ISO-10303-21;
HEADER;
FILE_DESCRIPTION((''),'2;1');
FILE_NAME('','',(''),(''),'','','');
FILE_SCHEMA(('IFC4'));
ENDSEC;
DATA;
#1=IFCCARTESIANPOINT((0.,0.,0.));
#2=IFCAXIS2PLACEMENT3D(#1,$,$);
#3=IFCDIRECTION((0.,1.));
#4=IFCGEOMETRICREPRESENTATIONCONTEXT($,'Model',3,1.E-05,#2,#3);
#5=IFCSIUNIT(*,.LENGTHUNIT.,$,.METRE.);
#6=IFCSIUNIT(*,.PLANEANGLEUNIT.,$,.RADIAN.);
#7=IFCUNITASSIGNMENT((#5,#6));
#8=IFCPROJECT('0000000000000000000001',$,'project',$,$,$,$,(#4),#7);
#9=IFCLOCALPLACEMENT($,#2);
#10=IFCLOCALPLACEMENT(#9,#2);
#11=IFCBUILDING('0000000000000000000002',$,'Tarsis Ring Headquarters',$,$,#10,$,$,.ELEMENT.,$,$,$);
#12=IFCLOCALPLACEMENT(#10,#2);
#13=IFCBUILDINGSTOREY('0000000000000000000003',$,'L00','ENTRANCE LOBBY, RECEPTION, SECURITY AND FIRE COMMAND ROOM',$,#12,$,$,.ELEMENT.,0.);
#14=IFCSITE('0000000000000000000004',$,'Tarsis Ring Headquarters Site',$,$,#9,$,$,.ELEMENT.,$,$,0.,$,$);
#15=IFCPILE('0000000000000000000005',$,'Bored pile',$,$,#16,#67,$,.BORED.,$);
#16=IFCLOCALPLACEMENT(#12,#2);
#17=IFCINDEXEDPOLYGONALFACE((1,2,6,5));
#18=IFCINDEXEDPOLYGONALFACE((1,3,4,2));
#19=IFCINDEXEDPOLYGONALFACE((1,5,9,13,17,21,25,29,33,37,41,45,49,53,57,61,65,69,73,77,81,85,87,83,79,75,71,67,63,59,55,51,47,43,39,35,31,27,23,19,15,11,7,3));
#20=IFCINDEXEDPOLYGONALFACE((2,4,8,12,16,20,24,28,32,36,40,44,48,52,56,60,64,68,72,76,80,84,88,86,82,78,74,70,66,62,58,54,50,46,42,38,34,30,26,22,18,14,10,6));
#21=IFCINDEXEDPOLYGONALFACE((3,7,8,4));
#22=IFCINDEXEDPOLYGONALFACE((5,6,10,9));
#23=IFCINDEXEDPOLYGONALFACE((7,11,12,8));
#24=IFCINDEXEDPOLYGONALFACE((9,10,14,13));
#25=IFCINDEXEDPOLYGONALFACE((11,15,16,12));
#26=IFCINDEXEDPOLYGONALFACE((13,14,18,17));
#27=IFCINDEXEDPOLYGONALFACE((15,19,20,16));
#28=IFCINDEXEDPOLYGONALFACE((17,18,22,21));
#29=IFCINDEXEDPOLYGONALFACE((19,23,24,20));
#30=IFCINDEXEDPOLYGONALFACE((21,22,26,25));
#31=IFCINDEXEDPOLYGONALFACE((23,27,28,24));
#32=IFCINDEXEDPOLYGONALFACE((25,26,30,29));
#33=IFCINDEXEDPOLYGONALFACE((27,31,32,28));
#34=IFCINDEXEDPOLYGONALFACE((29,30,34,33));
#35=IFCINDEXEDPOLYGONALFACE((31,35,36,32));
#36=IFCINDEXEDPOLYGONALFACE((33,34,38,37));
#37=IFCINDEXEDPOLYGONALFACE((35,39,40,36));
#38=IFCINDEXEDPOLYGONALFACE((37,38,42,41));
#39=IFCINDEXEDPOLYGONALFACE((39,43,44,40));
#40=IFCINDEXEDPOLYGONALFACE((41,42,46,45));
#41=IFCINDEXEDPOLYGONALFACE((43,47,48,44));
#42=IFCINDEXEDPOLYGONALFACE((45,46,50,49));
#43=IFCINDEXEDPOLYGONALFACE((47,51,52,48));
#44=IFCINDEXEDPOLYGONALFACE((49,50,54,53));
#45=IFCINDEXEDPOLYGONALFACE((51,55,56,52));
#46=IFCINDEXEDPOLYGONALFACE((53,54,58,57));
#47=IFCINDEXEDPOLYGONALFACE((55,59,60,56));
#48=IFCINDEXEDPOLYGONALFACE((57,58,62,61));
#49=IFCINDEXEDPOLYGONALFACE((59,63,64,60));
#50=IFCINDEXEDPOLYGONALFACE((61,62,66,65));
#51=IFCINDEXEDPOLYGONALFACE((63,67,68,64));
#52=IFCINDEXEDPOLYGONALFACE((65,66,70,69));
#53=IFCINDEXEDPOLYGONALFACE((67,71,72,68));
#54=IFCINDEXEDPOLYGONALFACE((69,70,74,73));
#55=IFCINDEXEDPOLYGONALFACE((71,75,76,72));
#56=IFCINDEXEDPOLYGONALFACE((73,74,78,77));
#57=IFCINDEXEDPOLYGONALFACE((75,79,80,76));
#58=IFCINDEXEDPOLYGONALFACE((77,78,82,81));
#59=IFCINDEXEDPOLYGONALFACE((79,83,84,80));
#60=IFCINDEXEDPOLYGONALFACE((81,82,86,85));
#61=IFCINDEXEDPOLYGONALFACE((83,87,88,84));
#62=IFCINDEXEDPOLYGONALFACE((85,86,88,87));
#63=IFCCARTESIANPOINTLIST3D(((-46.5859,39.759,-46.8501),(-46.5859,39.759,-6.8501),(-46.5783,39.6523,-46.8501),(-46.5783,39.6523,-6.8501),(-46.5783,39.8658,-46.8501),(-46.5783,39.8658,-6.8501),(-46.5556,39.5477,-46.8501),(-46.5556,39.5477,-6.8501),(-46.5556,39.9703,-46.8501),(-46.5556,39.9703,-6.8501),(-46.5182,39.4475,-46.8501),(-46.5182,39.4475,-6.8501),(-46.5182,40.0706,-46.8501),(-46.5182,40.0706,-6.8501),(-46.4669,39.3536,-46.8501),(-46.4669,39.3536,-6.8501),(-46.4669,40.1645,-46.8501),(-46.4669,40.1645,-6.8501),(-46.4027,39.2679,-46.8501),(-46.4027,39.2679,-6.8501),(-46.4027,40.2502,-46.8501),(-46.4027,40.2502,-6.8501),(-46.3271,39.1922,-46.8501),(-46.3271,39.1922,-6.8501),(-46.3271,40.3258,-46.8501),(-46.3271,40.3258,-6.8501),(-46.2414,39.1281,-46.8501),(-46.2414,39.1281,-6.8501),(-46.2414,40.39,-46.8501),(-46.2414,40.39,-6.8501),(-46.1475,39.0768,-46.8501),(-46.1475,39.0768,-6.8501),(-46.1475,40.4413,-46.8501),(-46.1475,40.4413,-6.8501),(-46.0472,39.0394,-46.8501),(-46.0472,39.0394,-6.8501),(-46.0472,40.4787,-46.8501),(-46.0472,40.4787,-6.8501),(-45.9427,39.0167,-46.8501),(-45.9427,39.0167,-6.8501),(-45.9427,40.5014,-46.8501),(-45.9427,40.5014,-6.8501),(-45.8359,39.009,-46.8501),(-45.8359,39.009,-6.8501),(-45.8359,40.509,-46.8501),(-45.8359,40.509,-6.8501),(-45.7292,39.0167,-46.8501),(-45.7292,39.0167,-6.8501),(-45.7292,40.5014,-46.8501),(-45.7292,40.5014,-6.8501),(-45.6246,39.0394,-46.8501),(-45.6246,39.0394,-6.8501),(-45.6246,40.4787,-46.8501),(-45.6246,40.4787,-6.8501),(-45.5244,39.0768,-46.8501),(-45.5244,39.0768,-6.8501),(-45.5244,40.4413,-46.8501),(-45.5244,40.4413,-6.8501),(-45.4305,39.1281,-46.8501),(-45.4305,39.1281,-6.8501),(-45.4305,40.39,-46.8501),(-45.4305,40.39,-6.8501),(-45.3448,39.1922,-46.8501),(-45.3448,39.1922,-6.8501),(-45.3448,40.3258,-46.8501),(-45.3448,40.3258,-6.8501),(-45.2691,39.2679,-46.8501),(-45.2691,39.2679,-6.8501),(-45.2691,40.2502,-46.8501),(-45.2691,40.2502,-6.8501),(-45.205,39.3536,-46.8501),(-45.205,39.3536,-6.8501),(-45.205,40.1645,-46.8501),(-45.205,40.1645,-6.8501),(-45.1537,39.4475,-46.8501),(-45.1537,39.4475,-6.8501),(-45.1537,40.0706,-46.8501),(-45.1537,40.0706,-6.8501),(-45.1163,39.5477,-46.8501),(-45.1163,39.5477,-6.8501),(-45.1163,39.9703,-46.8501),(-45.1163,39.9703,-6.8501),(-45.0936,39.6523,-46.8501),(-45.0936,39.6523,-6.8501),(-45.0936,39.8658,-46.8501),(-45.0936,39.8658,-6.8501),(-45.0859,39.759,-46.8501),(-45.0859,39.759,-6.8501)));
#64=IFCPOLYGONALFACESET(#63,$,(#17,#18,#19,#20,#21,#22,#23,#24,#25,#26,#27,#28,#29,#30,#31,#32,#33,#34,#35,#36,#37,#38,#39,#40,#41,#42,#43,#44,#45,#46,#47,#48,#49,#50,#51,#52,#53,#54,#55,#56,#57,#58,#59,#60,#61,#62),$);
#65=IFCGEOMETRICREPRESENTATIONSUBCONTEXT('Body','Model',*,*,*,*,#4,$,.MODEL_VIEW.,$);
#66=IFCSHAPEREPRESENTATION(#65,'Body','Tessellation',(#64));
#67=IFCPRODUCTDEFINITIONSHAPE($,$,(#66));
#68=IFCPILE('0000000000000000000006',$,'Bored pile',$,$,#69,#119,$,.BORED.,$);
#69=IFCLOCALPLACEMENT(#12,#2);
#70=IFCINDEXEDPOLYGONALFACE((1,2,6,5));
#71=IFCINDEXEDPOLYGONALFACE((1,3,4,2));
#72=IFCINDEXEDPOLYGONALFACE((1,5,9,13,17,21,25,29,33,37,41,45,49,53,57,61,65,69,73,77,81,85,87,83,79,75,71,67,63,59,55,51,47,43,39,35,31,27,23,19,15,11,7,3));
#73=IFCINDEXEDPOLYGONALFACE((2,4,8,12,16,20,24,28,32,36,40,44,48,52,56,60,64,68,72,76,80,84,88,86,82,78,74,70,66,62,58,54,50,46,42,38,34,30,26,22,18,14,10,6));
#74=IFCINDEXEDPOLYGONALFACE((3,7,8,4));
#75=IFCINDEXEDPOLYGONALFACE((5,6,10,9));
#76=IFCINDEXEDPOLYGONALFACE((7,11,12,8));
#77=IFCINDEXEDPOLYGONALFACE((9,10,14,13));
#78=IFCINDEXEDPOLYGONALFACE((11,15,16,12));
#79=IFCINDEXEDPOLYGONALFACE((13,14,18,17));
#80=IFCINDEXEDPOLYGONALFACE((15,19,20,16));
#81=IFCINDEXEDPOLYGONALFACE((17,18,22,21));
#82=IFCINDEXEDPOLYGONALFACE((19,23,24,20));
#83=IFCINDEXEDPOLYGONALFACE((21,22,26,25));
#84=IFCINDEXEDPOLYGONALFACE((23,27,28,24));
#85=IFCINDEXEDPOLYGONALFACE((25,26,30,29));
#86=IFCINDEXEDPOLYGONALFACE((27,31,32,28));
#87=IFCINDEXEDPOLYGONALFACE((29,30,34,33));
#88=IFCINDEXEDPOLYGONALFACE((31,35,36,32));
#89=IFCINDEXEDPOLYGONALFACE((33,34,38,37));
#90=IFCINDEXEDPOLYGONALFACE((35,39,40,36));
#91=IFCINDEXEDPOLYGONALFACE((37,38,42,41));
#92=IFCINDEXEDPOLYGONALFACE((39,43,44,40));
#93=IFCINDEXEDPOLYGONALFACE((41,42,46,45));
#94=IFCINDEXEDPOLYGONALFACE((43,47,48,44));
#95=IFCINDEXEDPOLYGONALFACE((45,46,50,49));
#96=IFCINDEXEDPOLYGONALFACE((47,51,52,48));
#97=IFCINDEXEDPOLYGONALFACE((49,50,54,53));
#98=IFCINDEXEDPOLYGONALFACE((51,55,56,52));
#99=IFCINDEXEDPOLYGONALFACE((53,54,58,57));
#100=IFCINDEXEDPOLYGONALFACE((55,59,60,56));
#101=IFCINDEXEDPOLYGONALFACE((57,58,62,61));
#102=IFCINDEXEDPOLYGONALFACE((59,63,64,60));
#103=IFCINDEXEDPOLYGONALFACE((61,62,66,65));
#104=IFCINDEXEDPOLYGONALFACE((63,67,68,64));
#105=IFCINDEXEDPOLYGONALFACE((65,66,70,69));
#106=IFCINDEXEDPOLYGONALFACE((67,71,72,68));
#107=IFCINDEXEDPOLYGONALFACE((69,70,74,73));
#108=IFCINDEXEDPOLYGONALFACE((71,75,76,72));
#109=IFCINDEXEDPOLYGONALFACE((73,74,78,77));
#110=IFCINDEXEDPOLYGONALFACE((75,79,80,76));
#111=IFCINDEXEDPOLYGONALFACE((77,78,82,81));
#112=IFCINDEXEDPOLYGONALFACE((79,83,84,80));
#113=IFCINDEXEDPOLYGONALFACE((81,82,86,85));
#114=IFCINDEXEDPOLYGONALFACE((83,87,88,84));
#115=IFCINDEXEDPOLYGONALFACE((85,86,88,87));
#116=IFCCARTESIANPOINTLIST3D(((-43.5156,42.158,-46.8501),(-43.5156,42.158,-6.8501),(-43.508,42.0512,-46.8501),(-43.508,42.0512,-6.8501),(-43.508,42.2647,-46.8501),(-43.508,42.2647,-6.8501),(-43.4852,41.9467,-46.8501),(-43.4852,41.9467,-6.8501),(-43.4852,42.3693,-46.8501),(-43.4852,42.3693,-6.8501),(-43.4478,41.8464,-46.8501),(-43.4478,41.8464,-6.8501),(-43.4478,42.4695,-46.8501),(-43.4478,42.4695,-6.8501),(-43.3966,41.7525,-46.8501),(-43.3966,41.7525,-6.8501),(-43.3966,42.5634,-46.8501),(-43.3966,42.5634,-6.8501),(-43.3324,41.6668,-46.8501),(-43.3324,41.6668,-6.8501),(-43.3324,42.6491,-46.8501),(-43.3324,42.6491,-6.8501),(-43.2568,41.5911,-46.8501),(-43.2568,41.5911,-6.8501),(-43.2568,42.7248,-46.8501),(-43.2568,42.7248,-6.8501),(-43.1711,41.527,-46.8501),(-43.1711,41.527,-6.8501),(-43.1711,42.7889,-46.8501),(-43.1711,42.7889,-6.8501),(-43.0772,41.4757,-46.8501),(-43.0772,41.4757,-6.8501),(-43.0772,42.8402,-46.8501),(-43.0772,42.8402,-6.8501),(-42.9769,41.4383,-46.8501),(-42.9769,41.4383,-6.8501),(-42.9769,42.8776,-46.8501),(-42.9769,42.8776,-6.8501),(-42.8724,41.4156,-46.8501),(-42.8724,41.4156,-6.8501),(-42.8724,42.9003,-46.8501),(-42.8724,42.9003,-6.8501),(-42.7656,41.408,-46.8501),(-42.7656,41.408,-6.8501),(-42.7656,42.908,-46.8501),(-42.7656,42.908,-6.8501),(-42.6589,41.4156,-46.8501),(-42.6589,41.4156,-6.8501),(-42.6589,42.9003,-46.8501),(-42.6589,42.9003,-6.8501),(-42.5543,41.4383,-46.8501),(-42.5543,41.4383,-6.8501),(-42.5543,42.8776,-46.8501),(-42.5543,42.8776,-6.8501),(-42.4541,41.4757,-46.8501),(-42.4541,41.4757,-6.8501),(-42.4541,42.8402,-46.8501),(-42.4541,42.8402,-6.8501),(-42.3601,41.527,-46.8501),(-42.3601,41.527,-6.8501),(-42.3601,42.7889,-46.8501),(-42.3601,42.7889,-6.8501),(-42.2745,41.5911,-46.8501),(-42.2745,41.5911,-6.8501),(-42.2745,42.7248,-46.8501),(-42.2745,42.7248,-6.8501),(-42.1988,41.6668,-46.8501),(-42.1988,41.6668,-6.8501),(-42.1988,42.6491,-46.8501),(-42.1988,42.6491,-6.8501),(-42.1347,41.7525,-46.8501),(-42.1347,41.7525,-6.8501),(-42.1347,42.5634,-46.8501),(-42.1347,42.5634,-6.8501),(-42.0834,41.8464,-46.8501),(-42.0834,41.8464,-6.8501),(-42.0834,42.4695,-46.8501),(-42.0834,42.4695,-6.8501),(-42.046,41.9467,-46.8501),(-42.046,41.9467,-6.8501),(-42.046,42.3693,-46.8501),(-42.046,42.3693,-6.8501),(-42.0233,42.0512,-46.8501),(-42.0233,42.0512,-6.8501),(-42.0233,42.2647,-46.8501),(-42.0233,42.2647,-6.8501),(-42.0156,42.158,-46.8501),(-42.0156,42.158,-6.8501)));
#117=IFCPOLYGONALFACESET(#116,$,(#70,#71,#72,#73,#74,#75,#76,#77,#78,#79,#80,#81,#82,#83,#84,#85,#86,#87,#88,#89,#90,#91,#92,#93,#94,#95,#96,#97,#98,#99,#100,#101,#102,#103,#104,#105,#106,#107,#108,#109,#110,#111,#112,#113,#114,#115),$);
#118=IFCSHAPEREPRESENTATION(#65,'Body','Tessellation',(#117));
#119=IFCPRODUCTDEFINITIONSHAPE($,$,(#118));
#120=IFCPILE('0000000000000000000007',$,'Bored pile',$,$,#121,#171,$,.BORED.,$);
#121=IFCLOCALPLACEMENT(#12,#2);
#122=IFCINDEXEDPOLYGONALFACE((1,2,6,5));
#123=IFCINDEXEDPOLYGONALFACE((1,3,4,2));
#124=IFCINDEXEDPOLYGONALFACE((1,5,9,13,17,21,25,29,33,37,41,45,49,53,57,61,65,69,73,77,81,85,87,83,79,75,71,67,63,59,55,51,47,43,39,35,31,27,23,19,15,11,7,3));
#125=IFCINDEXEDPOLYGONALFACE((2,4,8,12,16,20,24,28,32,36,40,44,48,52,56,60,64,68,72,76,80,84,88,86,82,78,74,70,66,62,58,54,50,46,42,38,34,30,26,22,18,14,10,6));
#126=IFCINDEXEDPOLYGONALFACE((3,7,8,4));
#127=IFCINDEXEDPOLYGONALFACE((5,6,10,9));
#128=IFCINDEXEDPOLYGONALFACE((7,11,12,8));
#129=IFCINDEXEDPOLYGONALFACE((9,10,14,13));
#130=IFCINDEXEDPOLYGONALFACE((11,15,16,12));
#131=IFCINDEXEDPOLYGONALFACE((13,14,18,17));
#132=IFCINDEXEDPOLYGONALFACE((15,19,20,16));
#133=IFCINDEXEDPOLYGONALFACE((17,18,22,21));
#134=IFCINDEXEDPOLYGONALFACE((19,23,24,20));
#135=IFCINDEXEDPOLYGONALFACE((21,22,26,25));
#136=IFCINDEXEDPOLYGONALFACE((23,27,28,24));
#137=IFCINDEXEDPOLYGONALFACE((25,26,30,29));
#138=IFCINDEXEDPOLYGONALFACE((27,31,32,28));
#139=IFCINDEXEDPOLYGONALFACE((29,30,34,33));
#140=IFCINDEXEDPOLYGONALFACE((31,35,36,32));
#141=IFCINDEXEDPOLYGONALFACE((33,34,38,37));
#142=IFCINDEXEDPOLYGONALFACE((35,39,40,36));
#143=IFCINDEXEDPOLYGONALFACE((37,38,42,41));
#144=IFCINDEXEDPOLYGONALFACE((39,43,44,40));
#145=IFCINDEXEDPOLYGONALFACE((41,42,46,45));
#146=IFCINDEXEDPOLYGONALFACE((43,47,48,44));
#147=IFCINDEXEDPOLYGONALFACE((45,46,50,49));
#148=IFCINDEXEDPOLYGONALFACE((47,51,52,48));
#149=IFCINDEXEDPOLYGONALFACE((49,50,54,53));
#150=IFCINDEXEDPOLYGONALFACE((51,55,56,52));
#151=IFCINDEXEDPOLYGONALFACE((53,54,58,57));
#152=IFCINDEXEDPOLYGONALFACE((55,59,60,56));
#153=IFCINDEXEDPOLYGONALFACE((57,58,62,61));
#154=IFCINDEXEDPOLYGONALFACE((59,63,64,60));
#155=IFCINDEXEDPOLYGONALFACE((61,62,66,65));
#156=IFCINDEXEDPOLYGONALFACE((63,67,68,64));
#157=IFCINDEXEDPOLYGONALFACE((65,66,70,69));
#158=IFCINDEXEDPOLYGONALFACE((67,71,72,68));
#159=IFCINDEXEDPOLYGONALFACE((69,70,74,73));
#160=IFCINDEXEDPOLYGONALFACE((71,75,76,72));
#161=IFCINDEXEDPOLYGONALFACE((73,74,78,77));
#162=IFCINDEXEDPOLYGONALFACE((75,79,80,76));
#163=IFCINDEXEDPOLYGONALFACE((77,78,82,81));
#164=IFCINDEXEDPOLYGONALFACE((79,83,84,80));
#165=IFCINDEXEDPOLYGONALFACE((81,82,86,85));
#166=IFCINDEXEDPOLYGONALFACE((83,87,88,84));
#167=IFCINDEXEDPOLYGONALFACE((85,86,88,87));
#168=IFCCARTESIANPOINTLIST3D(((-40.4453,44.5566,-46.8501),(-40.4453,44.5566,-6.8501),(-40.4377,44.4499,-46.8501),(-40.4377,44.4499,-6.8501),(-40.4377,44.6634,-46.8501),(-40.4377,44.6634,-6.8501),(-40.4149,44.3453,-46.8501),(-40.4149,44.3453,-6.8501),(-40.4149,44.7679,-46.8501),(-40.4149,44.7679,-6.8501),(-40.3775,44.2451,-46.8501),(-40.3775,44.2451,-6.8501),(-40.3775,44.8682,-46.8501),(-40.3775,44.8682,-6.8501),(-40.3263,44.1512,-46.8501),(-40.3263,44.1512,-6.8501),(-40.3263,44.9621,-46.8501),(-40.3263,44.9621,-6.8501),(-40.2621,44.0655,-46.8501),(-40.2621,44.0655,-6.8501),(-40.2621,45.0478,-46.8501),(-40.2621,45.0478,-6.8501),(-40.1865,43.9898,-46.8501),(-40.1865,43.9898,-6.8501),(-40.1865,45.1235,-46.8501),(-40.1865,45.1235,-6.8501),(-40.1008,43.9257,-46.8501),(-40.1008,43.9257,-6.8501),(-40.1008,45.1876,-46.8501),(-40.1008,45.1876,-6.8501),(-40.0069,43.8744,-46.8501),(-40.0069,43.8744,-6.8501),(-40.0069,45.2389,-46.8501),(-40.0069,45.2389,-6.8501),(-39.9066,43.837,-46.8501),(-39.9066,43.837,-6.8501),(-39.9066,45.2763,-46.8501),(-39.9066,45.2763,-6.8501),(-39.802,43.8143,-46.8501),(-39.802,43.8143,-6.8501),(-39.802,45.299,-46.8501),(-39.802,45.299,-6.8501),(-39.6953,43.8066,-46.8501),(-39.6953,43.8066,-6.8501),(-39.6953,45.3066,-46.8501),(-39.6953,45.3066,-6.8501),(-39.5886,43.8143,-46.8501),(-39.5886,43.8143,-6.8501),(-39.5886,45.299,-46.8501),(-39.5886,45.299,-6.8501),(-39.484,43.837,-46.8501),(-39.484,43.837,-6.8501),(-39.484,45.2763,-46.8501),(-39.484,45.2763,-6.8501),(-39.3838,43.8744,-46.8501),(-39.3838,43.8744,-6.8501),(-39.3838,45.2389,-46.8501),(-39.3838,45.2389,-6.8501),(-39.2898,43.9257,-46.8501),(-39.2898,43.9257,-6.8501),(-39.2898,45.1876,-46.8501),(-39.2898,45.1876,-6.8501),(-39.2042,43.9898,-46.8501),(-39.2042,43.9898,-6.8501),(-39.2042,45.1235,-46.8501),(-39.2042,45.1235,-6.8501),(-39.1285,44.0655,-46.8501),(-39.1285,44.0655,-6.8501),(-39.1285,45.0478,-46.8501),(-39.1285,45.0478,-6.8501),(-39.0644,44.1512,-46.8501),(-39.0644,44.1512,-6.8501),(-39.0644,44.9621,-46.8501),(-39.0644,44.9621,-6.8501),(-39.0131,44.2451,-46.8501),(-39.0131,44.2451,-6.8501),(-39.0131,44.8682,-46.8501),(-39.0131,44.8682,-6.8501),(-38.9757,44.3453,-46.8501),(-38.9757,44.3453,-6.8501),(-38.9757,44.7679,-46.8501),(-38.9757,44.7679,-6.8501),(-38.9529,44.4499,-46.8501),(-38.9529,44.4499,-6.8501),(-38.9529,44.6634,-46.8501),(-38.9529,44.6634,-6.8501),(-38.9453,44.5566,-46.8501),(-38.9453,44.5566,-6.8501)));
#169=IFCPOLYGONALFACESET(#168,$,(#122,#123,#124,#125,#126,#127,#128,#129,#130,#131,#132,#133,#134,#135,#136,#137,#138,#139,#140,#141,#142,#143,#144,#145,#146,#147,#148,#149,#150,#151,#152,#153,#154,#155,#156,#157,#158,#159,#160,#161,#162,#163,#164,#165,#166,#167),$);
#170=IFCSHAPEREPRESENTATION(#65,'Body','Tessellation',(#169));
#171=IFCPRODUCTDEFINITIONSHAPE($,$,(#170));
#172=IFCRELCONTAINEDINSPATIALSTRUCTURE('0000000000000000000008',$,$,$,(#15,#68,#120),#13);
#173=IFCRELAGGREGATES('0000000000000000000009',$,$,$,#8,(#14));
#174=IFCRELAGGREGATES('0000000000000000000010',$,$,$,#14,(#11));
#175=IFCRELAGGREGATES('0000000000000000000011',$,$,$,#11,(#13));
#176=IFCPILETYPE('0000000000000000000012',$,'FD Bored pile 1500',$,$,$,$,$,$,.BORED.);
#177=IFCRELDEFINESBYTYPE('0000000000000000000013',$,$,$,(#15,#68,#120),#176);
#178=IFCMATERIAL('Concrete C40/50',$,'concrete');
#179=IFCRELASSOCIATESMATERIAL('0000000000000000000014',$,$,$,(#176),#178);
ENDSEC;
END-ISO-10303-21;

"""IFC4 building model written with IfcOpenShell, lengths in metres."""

from ifc_helpers import new_model, si_unit, direction, frame, origin, origin_2d, place, context, subcontext, project, spatial, circle, extrude, material, material_profile, profile_set, type_object, element, save


model = new_model("IFC4")

# Units and contexts
model_context = context("Model", 3, precision=1e-05, world=origin(), true_north=direction((0.0, 1.0)))
body_context = subcontext(model_context, "Body", "Model", "MODEL_VIEW")
ifc_project = project(units=[si_unit("LENGTHUNIT", "METRE"), si_unit("PLANEANGLEUNIT", "RADIAN")], contexts=[model_context])

# Site, building, storey
site_placement = place(None, origin())
site = spatial("IfcSite", under=ifc_project, at=site_placement, Name="Tarsis Ring Headquarters Site", CompositionType="ELEMENT", RefElevation=0.0)
building_placement = place(site_placement, origin())
building = spatial("IfcBuilding", under=site, at=building_placement, Name="Tarsis Ring Headquarters", CompositionType="ELEMENT")
storey_placement = place(building_placement, origin())
storey = spatial("IfcBuildingStorey", under=building, at=storey_placement, Name="L00", Description="ENTRANCE LOBBY, RECEPTION, SECURITY AND FIRE COMMAND ROOM", CompositionType="ELEMENT", Elevation=0.0)

# Piles
ifc_material_1 = material(Name="Concrete C40/50", Category="concrete")
ifc_material_profile_1 = material_profile(ifc_material_1, circle(Radius=0.75, at=origin_2d()), Name="BORED 1500")
ifc_profile_set_1 = profile_set([ifc_material_profile_1], Name="Concrete C40/50")
pile_type_1 = type_object("IfcPileType", Name="FD Bored pile 1500", PredefinedType="BORED", material=ifc_profile_set_1)
for number, where, z_axis, x_axis, name in (
    (1, (-45.8359, 39.759, -6.8501), (0.0, 0.0, -1.0), (1.0, 0.0, 0.0), "Bored pile"),
    (2, (-42.7656, 42.158, -6.8501), (0.0, 0.0, -1.0), (1.0, 0.0, 0.0), "Bored pile"),
    (3, (-39.6953, 44.5566, -6.8501), (0.0, 0.0, -1.0), (1.0, 0.0, 0.0), "Bored pile"),
):
    element("IfcPile", number, at=place(storey_placement, frame(where, z_axis=z_axis, x_axis=x_axis)), inside=storey, type_object=pile_type_1, Name=name, PredefinedType="BORED", context=body_context, shape_type="SweptSolid", body=[
        extrude(circle(Radius=0.75, at=origin_2d()), origin(), (0.0, 0.0, 1.0), 40.0),
    ])

save(model, "model.ifc")
